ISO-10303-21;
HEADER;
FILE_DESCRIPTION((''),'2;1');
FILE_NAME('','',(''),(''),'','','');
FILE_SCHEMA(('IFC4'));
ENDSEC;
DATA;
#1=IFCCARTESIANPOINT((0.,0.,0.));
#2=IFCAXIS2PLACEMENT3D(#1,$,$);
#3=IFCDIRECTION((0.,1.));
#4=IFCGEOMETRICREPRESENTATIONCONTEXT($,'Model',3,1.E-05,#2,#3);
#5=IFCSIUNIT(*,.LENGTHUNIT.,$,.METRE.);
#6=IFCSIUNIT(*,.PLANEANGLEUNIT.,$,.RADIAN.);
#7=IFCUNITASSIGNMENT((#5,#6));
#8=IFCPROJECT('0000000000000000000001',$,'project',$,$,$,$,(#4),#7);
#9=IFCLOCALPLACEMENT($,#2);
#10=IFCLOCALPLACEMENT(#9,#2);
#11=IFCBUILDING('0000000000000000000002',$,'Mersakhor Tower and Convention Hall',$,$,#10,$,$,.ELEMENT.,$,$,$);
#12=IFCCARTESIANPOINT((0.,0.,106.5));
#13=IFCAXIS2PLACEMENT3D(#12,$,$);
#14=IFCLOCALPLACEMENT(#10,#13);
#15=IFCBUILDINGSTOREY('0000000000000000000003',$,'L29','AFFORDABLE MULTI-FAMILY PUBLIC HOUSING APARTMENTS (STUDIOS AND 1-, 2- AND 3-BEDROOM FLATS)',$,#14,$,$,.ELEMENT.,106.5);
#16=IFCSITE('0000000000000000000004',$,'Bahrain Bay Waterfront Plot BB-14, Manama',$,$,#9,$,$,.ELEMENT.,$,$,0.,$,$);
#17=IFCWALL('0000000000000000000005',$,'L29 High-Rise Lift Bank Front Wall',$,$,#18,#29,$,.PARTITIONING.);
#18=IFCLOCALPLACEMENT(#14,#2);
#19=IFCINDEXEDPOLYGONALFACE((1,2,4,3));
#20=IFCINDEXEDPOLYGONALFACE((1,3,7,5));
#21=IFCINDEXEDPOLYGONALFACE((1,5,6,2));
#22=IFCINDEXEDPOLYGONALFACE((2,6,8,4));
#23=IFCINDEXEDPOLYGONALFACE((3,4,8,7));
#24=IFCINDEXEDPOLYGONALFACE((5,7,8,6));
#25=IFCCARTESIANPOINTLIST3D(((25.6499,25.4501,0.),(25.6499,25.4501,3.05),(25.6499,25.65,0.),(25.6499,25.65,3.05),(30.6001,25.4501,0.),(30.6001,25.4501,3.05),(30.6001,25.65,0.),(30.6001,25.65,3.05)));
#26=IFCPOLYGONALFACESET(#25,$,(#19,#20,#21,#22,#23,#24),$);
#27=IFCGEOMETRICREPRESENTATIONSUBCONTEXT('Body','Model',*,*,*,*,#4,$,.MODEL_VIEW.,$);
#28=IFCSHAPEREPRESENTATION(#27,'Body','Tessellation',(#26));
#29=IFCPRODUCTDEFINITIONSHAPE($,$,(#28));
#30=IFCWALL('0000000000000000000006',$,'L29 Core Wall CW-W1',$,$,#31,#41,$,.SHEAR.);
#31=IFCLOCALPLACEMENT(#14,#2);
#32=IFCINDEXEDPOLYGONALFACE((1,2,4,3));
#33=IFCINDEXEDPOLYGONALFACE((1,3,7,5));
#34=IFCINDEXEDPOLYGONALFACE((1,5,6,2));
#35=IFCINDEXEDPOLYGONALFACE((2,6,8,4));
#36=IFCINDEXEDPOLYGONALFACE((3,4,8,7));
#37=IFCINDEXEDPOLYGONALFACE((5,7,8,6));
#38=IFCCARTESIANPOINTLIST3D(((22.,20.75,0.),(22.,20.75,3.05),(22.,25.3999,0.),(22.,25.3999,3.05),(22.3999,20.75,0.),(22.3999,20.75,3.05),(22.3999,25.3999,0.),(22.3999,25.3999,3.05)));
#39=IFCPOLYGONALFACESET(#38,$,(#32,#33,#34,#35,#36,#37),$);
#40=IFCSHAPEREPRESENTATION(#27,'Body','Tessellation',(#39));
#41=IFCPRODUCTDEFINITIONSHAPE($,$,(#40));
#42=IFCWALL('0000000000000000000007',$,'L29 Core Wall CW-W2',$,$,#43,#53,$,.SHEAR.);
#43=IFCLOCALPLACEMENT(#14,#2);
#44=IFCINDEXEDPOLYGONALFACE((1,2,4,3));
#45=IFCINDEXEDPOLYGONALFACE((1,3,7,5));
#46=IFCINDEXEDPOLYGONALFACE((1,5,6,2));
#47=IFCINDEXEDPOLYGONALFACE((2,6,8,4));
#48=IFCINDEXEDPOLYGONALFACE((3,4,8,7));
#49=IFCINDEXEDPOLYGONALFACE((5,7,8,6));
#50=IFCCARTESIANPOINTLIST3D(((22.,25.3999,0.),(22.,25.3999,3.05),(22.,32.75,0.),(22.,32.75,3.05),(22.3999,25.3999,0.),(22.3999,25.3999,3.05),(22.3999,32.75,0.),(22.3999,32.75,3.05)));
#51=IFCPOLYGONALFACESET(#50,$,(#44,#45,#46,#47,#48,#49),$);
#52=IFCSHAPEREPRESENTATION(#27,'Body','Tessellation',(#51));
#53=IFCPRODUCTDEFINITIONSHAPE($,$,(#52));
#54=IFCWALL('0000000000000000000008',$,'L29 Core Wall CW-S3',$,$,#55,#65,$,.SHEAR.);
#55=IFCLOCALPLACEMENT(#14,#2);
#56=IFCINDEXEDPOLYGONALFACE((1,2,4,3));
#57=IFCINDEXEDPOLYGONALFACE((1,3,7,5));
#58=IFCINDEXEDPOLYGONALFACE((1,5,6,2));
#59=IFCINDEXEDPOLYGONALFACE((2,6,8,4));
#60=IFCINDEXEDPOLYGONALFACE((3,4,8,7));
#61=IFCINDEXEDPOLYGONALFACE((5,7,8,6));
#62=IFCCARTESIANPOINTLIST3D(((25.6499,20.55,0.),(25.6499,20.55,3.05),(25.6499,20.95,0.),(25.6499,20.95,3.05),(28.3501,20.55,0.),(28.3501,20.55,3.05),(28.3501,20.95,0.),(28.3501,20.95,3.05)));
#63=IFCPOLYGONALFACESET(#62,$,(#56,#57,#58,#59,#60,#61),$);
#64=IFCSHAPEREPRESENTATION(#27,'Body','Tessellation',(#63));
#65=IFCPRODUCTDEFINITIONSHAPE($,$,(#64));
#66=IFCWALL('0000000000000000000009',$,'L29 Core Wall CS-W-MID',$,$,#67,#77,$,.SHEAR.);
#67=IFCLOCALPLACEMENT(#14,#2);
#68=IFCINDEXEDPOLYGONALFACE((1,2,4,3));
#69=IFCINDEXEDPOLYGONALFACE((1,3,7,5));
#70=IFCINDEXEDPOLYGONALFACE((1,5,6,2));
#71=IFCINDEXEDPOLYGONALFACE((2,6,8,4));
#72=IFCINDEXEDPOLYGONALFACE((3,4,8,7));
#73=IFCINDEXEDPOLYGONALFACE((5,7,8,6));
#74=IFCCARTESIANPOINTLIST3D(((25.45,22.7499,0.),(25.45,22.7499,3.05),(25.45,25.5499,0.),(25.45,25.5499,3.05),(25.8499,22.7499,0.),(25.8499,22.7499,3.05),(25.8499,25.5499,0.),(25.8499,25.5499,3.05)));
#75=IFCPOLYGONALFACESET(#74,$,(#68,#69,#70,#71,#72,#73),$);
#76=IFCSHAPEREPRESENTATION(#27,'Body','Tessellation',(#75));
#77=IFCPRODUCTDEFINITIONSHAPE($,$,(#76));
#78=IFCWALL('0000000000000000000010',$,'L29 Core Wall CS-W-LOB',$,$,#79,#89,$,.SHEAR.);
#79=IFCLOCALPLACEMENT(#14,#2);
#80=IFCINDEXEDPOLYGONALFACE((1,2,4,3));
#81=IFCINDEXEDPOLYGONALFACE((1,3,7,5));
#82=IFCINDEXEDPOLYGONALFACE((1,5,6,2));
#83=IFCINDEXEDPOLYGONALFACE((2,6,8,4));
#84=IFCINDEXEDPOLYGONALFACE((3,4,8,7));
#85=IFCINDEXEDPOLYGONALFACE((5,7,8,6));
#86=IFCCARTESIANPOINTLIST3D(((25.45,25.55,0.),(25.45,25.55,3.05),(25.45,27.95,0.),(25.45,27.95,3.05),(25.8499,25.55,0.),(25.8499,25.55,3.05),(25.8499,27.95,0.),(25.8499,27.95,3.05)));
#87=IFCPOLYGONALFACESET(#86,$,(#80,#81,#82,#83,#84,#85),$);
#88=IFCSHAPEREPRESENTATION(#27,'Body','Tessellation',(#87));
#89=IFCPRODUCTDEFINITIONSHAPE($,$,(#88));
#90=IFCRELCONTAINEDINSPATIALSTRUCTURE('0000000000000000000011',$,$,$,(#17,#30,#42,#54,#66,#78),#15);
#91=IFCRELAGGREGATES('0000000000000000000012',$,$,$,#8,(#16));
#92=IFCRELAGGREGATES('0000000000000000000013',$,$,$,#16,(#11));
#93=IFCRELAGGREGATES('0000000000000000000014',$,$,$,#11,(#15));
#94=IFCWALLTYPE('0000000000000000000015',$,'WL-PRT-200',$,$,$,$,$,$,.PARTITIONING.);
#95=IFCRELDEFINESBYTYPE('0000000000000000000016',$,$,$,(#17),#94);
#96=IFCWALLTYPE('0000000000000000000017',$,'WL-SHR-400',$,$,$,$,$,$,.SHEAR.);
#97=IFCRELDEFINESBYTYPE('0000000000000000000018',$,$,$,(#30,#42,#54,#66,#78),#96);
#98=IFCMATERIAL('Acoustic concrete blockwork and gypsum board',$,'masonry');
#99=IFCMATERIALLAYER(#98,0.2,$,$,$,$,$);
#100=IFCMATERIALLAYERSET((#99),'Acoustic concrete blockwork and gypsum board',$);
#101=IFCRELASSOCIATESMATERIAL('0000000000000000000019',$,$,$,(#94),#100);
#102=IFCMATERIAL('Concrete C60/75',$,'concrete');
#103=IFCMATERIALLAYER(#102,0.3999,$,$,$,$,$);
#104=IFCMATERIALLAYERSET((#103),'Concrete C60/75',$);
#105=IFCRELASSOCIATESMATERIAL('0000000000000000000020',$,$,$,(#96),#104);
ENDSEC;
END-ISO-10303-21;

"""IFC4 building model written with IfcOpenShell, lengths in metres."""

from ifc_helpers import new_model, si_unit, direction, frame, frame_2d, origin, place, context, subcontext, project, spatial, rectangle, extrude, material, layer, layer_set, type_object, element, save


model = new_model("IFC4")

# Units and contexts
model_context = context("Model", 3, precision=1e-05, world=origin(), true_north=direction((0.0, 1.0)))
body_context = subcontext(model_context, "Body", "Model", "MODEL_VIEW")
ifc_project = project(units=[si_unit("LENGTHUNIT", "METRE"), si_unit("PLANEANGLEUNIT", "RADIAN")], contexts=[model_context])

# Site, building, storey
site_placement = place(None, origin())
site = spatial("IfcSite", under=ifc_project, at=site_placement, Name="Bahrain Bay Waterfront Plot BB-14, Manama", CompositionType="ELEMENT", RefElevation=0.0)
building_placement = place(site_placement, origin())
building = spatial("IfcBuilding", under=site, at=building_placement, Name="Mersakhor Tower and Convention Hall", CompositionType="ELEMENT")
storey_placement = place(building_placement, frame((0.0, 0.0, 106.5)))
storey = spatial("IfcBuildingStorey", under=building, at=storey_placement, Name="L29", Description="AFFORDABLE MULTI-FAMILY PUBLIC HOUSING APARTMENTS (STUDIOS AND 1-, 2- AND 3-BEDROOM FLATS)", CompositionType="ELEMENT", Elevation=106.5)

# Wall
ifc_material_1 = material(Name="Acoustic concrete blockwork and gypsum board", Category="masonry")
ifc_layer_1 = layer(ifc_material_1, 0.2)
ifc_layer_set_1 = layer_set([ifc_layer_1], Name="Acoustic concrete blockwork and gypsum board")
wall_type_1 = type_object("IfcWallType", Name="WL-PRT-200", PredefinedType="PARTITIONING", material=ifc_layer_set_1)
wall_1_placement = place(storey_placement, frame((25.6499, 25.55, 0.0), z_axis=(0.0, 0.0, 1.0), x_axis=(1.0, 0.0, 0.0)))
element("IfcWall", 1, at=wall_1_placement, inside=storey, type_object=wall_type_1, Name="L29 High-Rise Lift Bank Front Wall", PredefinedType="PARTITIONING", context=body_context, shape_type="SweptSolid", body=[
    extrude(rectangle(XDim=4.9502, YDim=0.2, at=frame_2d((2.4751, 0.0))), origin(), (0.0, 0.0, 1.0), 3.05),
])

# Walls
ifc_material_2 = material(Name="Concrete C60/75", Category="concrete")
ifc_layer_2 = layer(ifc_material_2, 0.3999)
ifc_layer_set_2 = layer_set([ifc_layer_2], Name="Concrete C60/75")
wall_type_2 = type_object("IfcWallType", Name="WL-SHR-400", PredefinedType="SHEAR", material=ifc_layer_set_2)
wall_2_placement = place(storey_placement, frame((22.2, 20.75, 0.0), z_axis=(0.0, 0.0, 1.0), x_axis=(0.0, 1.0, 0.0)))
element("IfcWall", 2, at=wall_2_placement, inside=storey, type_object=wall_type_2, Name="L29 Core Wall CW-W1", PredefinedType="SHEAR", context=body_context, shape_type="SweptSolid", body=[
    extrude(rectangle(XDim=4.6499, YDim=0.3999, at=frame_2d((2.325, 0.0))), origin(), (0.0, 0.0, 1.0), 3.05),
])
wall_3_placement = place(storey_placement, frame((22.2, 25.3999, 0.0), z_axis=(0.0, 0.0, 1.0), x_axis=(0.0, 1.0, 0.0)))
element("IfcWall", 3, at=wall_3_placement, inside=storey, type_object=wall_type_2, Name="L29 Core Wall CW-W2", PredefinedType="SHEAR", context=body_context, shape_type="SweptSolid", body=[
    extrude(rectangle(XDim=7.3501, YDim=0.3999, at=frame_2d((3.675, 0.0))), origin(), (0.0, 0.0, 1.0), 3.05),
])
wall_4_placement = place(storey_placement, frame((28.3501, 20.75, 0.0), z_axis=(0.0, 0.0, 1.0), x_axis=(-1.0, 0.0, 0.0)))
element("IfcWall", 4, at=wall_4_placement, inside=storey, type_object=wall_type_2, Name="L29 Core Wall CW-S3", PredefinedType="SHEAR", context=body_context, shape_type="SweptSolid", body=[
    extrude(rectangle(XDim=2.7002, YDim=0.3999, at=frame_2d((1.3501, 0.0))), origin(), (0.0, 0.0, 1.0), 3.05),
])

# Walls
wall_5_placement = place(storey_placement, frame((25.6499, 22.75, 0.0), z_axis=(0.0, 0.0, 1.0), x_axis=(0.0, 1.0, 0.0)))
element("IfcWall", 5, at=wall_5_placement, inside=storey, type_object=wall_type_2, Name="L29 Core Wall CS-W-MID", PredefinedType="SHEAR", context=body_context, shape_type="SweptSolid", body=[
    extrude(rectangle(XDim=2.8, YDim=0.3999, at=frame_2d((1.3999, 0.0))), origin(), (0.0, 0.0, 1.0), 3.05),
])
wall_6_placement = place(storey_placement, frame((25.6499, 25.55, 0.0), z_axis=(0.0, 0.0, 1.0), x_axis=(0.0, 1.0, 0.0)))
element("IfcWall", 6, at=wall_6_placement, inside=storey, type_object=wall_type_2, Name="L29 Core Wall CS-W-LOB", PredefinedType="SHEAR", context=body_context, shape_type="SweptSolid", body=[
    extrude(rectangle(XDim=2.3999, YDim=0.3999, at=frame_2d((1.2, 0.0))), origin(), (0.0, 0.0, 1.0), 3.05),
])

save(model, "model.ifc")
